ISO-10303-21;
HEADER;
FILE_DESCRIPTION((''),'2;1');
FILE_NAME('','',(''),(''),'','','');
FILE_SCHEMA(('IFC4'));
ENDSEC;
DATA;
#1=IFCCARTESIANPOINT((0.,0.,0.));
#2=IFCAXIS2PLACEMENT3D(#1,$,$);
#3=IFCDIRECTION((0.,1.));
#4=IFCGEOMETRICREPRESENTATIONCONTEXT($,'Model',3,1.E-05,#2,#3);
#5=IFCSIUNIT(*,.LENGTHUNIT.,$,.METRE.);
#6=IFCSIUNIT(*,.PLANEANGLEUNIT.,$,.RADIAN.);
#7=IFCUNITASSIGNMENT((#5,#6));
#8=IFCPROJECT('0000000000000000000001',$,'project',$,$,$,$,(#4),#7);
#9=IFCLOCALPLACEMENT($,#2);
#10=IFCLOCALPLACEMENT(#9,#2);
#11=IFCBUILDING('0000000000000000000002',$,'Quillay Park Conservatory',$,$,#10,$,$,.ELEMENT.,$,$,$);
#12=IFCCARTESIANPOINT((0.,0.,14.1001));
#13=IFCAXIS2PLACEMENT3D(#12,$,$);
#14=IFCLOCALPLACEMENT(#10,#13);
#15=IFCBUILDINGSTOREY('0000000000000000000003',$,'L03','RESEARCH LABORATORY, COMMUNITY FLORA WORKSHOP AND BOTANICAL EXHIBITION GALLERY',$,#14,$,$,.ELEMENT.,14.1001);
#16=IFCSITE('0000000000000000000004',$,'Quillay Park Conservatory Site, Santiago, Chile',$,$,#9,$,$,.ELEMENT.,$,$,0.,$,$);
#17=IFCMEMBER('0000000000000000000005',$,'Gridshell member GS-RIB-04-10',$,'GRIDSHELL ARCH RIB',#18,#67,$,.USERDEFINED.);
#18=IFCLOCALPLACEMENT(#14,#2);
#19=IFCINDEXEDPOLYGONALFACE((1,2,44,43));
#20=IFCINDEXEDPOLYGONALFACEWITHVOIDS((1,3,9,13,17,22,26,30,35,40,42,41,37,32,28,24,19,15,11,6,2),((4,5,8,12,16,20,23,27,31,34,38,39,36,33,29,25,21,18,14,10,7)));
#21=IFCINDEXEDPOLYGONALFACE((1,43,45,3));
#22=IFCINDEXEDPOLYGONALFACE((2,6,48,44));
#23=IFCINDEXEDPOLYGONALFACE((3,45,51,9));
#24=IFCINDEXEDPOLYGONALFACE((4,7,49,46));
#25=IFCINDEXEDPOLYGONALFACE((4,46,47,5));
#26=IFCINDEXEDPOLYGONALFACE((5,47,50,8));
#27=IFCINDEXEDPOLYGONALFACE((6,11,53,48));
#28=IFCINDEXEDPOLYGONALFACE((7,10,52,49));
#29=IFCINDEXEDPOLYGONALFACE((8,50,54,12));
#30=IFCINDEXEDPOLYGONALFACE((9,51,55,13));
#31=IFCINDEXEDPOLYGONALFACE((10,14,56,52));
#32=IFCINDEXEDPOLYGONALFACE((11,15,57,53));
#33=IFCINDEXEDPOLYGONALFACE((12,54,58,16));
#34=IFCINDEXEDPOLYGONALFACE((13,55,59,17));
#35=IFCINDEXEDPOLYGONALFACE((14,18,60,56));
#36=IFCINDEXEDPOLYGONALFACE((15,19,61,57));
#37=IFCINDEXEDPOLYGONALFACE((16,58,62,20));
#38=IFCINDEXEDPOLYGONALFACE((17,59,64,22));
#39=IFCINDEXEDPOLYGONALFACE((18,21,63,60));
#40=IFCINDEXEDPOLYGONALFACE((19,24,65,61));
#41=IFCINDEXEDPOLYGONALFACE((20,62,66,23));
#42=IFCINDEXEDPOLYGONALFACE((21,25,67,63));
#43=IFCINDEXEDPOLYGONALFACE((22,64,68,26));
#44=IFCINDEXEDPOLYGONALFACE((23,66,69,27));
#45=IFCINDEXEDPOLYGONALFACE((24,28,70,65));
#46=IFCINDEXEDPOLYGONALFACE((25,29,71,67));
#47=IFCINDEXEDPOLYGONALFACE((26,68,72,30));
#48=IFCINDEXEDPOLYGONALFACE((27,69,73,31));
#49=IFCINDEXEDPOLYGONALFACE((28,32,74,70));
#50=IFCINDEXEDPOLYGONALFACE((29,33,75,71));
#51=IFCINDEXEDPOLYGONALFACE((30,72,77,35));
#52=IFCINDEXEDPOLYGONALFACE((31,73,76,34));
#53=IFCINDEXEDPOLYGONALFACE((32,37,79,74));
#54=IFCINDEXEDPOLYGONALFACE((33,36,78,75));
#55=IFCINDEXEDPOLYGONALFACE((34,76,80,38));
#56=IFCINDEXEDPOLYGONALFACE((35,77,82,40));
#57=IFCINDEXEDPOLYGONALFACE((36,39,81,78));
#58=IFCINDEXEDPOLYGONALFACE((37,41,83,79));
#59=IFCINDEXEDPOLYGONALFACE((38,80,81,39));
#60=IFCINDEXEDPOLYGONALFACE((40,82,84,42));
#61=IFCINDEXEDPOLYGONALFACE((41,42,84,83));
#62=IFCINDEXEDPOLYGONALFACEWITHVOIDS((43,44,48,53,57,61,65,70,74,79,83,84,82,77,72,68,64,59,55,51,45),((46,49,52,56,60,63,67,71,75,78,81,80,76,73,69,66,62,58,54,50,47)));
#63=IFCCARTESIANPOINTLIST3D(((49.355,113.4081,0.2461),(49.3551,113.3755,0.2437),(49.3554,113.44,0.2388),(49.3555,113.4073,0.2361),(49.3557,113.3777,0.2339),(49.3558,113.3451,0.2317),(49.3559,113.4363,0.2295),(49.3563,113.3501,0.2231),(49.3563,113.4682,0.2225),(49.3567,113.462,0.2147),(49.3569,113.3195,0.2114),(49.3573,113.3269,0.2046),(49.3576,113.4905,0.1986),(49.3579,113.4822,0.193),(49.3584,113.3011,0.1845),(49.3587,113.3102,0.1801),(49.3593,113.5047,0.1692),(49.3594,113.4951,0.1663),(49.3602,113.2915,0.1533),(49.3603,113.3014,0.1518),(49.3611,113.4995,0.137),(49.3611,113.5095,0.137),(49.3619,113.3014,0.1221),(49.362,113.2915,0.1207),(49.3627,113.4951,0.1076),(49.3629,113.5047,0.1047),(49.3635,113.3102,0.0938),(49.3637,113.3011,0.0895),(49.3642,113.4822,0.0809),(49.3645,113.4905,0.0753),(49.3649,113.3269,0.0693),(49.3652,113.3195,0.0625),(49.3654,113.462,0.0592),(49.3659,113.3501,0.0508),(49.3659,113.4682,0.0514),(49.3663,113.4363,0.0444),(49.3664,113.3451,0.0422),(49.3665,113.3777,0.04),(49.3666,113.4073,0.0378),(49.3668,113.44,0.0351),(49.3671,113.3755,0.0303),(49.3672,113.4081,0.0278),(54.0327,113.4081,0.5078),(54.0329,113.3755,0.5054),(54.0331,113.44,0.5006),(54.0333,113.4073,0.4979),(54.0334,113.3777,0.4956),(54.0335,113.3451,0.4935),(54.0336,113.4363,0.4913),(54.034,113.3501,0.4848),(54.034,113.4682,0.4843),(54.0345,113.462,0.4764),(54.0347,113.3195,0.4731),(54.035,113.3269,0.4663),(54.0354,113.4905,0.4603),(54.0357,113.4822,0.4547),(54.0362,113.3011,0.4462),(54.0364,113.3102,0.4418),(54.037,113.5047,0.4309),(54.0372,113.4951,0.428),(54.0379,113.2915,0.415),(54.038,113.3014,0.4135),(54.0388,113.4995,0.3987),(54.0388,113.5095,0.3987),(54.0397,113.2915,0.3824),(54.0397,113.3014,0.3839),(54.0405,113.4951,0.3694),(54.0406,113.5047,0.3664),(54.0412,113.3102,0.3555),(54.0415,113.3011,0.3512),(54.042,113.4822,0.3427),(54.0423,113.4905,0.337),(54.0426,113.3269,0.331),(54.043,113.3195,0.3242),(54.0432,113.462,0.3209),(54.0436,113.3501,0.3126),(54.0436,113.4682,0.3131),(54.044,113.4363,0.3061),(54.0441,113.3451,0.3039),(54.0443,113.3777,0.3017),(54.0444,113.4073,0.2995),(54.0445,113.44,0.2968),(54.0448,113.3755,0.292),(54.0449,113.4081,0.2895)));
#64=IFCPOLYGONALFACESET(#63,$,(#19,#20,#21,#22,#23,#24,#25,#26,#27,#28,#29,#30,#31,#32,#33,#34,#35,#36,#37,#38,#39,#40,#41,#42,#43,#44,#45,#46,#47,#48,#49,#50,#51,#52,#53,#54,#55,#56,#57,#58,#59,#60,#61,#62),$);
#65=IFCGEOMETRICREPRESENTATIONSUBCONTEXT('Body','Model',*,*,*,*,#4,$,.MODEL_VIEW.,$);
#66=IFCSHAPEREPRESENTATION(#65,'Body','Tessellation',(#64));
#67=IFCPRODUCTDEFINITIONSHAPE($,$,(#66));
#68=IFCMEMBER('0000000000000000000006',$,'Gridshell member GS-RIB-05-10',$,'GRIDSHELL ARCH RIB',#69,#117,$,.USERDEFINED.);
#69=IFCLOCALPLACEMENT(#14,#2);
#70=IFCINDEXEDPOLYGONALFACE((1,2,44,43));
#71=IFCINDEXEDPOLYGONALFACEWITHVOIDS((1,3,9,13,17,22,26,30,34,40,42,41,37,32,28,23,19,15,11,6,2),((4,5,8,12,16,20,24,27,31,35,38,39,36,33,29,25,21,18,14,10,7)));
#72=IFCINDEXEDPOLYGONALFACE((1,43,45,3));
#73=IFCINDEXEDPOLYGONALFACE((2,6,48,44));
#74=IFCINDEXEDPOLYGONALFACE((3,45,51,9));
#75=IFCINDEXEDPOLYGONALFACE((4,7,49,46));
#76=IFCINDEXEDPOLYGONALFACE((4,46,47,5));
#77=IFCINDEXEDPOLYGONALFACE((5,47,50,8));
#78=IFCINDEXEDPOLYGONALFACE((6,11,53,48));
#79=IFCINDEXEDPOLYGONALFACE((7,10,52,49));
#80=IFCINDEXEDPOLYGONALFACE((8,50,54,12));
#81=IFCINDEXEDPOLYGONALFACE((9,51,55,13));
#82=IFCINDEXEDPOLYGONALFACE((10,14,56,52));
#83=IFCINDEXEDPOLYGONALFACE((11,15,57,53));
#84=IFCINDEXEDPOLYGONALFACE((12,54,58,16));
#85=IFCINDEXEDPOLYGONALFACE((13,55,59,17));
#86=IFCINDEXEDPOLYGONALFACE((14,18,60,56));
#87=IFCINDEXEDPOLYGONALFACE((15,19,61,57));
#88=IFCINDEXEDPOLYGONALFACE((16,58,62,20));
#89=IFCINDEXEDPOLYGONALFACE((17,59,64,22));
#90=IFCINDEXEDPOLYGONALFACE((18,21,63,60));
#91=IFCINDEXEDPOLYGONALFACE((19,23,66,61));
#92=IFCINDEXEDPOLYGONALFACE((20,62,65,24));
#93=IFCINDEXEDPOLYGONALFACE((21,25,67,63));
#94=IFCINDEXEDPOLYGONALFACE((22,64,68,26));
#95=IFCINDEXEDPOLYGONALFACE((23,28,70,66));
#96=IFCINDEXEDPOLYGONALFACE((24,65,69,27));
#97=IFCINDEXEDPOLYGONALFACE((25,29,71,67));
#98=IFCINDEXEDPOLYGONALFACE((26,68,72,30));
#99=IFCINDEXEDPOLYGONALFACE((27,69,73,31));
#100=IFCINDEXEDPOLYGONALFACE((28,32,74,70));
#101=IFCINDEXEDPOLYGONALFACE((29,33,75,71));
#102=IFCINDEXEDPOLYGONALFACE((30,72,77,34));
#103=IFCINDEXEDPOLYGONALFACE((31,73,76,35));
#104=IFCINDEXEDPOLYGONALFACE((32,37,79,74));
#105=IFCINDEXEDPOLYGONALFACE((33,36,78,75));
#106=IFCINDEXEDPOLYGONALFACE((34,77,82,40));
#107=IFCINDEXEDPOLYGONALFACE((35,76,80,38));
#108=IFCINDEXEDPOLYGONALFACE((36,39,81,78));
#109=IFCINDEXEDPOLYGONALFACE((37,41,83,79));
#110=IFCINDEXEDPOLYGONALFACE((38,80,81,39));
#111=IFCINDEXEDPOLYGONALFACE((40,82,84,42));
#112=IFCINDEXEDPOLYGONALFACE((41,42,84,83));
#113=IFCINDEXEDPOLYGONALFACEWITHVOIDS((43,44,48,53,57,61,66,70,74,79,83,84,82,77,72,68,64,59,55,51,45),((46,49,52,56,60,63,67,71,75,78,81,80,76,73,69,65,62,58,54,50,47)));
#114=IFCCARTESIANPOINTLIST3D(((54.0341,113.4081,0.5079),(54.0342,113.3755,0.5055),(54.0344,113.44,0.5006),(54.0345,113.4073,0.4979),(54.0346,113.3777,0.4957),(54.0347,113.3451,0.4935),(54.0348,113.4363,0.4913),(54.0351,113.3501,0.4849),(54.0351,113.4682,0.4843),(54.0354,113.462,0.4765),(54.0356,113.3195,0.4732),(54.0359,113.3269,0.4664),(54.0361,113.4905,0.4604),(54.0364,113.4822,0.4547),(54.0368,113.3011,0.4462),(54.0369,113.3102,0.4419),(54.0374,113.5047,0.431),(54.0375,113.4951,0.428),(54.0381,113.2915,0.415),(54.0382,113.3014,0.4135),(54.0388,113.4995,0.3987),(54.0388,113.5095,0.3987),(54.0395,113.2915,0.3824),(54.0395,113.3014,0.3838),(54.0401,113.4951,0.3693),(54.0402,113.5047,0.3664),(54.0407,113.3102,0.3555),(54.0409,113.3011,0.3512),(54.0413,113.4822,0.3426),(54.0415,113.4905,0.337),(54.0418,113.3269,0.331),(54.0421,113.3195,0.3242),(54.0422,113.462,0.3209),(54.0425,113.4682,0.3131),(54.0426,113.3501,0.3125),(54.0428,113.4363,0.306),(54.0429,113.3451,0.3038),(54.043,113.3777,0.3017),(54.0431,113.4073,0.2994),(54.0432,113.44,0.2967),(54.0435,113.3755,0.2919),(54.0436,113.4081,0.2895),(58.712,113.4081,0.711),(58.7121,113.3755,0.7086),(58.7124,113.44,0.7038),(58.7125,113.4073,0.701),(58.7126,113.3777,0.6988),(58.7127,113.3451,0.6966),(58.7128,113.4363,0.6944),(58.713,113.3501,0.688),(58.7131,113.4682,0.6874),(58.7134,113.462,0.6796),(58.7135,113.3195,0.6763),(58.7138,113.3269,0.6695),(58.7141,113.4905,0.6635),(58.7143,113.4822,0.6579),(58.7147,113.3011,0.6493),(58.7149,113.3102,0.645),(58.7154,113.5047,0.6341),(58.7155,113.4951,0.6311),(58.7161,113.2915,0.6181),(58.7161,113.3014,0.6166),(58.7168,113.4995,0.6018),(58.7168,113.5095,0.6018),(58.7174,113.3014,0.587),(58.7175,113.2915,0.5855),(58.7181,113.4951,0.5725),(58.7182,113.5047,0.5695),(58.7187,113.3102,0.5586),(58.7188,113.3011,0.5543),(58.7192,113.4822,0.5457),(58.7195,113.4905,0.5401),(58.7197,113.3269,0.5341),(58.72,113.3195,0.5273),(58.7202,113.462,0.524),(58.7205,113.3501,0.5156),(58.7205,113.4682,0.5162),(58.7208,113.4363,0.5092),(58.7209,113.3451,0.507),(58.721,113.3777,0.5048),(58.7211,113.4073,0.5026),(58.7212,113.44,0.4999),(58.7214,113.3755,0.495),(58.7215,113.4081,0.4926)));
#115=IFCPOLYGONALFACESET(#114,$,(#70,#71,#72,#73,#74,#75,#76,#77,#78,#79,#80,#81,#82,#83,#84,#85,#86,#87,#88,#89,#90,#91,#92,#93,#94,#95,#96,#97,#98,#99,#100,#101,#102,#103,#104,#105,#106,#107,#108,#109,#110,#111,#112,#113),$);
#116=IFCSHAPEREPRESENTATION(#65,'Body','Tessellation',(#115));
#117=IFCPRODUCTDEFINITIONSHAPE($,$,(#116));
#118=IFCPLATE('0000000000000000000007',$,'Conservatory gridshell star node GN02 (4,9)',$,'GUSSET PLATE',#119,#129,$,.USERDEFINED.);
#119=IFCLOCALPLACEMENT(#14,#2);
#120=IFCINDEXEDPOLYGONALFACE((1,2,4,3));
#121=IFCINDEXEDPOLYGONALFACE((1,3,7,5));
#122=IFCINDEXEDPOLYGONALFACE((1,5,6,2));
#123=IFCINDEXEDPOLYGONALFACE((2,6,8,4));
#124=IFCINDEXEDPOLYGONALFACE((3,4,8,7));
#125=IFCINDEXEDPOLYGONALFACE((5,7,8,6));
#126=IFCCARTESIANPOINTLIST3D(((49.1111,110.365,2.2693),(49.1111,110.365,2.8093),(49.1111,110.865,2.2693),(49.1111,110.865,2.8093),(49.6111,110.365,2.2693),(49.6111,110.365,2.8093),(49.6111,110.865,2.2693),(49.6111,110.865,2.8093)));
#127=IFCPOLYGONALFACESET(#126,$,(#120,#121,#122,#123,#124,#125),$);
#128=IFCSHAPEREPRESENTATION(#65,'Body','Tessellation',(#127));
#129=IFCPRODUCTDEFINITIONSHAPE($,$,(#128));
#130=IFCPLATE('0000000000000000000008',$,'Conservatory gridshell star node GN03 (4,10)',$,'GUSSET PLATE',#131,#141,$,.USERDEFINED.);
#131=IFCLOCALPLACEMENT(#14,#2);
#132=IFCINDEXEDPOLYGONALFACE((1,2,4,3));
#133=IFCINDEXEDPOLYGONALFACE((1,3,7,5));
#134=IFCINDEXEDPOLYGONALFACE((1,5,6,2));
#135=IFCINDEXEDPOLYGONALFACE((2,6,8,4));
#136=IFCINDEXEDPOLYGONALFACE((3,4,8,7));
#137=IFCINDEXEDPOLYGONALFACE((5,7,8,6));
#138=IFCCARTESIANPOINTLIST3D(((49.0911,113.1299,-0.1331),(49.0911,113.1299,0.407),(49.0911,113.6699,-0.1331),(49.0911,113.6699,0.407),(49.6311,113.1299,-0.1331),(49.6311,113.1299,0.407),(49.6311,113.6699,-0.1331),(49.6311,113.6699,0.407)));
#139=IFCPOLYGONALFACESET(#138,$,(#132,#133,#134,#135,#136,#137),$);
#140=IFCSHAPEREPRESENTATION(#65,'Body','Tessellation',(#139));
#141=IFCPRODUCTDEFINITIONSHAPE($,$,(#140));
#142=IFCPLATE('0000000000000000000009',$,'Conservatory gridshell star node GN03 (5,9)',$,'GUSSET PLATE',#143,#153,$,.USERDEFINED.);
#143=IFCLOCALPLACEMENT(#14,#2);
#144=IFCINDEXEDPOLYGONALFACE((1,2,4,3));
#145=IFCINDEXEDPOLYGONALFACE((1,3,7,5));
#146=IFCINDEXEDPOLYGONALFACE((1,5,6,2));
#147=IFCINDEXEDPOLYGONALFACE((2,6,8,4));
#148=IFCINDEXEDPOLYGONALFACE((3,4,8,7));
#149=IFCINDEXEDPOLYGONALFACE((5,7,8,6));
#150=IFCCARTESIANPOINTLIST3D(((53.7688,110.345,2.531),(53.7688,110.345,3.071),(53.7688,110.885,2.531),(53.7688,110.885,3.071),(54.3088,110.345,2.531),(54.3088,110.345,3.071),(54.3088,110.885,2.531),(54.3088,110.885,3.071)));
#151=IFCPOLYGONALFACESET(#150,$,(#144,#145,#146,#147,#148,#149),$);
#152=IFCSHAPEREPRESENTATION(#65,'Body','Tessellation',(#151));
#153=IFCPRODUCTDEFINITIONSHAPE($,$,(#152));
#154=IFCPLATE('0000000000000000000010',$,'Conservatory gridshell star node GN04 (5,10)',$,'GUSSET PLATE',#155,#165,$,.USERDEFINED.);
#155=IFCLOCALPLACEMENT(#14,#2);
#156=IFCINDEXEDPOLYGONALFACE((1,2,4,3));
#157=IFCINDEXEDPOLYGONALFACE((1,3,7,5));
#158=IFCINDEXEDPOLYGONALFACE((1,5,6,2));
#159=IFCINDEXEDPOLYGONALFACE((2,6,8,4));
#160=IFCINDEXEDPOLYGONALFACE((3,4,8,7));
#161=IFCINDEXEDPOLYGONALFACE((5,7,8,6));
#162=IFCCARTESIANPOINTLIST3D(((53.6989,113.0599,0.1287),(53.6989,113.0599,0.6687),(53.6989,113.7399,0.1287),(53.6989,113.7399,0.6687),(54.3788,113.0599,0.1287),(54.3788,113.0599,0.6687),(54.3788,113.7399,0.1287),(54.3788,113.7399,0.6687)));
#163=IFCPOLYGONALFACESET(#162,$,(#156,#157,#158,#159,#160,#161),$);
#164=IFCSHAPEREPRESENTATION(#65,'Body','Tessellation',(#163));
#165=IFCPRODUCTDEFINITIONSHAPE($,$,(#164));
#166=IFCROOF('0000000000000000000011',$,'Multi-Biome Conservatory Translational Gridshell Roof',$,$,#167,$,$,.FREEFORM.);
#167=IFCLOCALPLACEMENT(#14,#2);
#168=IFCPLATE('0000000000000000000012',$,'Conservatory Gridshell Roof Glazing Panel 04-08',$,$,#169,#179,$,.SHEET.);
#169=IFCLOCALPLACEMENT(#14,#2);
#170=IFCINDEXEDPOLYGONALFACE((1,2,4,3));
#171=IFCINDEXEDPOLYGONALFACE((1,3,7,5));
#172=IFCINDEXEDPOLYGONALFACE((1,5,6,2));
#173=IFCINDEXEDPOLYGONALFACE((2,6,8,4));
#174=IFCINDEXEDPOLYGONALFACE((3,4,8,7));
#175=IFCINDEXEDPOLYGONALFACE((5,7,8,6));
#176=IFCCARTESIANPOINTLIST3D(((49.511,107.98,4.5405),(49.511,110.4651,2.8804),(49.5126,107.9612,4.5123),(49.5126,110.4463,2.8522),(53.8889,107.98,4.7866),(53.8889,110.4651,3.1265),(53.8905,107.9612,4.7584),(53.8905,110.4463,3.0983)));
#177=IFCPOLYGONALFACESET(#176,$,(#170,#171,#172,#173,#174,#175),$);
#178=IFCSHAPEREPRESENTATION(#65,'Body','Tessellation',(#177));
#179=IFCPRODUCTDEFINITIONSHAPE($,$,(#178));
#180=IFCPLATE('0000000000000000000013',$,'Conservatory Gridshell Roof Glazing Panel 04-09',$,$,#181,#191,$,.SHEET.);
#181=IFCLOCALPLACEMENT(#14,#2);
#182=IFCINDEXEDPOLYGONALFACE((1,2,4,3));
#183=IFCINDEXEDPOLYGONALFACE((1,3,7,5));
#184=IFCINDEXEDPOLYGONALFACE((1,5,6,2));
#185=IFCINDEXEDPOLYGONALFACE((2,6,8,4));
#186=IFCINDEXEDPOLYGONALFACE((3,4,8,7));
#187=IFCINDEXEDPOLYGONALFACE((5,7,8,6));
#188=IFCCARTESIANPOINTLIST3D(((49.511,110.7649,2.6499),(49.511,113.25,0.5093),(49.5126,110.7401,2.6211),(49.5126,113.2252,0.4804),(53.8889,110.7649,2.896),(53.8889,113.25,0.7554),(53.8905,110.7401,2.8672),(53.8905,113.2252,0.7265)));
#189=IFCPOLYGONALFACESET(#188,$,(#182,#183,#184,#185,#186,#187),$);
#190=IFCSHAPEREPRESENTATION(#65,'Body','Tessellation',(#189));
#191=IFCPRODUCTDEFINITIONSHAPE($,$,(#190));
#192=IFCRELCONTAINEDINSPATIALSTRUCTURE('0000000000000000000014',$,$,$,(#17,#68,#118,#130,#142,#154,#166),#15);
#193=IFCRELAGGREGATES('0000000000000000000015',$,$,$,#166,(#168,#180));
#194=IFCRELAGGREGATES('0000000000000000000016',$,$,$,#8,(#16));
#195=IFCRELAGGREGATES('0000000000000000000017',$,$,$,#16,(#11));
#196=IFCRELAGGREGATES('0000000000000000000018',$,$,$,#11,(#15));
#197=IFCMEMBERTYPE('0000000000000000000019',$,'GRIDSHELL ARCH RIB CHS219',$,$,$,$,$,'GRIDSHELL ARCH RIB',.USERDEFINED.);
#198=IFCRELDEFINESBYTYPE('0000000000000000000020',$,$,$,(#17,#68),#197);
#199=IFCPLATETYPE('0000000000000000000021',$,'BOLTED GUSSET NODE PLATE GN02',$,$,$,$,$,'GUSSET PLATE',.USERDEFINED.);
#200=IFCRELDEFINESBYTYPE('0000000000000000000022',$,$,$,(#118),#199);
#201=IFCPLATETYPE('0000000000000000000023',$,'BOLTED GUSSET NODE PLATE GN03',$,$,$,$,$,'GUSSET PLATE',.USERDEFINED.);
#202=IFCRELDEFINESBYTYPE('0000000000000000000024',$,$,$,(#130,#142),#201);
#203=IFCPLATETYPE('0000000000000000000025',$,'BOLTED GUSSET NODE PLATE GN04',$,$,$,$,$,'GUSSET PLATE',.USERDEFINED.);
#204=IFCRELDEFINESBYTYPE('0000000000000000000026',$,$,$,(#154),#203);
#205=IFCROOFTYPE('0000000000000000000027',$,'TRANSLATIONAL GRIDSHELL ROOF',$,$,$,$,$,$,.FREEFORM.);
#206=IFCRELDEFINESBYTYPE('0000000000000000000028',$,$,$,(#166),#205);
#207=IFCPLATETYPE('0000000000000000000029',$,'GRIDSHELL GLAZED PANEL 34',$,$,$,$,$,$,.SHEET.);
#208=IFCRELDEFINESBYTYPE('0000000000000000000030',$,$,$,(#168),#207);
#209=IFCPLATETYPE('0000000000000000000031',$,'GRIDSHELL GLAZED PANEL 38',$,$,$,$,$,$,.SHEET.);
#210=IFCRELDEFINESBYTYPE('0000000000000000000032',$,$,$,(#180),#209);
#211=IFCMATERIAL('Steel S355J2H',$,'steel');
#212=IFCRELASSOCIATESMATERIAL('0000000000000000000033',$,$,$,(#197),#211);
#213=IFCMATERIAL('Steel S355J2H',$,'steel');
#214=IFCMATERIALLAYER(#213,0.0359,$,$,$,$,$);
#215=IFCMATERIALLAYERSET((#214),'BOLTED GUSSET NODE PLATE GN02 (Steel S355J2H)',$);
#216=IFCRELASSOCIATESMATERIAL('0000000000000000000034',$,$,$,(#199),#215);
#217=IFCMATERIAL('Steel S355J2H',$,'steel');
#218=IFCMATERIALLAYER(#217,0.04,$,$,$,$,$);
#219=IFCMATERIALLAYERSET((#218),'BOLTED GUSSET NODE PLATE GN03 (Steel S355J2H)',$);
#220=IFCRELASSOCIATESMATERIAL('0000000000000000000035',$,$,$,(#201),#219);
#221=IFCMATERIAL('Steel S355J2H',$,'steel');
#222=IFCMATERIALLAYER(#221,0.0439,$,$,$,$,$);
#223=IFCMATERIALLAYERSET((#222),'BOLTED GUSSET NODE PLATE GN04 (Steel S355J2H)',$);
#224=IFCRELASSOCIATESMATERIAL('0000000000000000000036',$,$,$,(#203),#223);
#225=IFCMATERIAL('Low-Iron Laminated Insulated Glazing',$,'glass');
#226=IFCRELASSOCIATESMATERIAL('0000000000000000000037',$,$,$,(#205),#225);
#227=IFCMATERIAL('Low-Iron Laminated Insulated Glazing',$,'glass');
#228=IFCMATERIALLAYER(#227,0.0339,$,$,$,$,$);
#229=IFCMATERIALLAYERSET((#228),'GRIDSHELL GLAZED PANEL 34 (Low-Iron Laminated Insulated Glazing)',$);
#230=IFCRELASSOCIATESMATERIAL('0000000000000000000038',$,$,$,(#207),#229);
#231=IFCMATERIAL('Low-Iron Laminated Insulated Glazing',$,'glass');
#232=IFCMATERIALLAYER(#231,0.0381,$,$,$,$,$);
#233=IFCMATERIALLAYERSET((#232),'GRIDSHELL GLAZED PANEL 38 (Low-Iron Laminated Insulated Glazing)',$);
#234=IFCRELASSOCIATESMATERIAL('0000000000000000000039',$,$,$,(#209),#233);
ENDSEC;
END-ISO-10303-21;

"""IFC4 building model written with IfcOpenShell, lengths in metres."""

from ifc_helpers import new_model, si_unit, direction, frame, origin, origin_2d, place, context, subcontext, project, spatial, polyline, rectangle, hollow_circle, outline, extrude, material, layer, layer_set, material_profile, profile_set, type_object, element, aggregate, save


model = new_model("IFC4")

# Units and contexts
model_context = context("Model", 3, precision=1e-05, world=origin(), true_north=direction((0.0, 1.0)))
body_context = subcontext(model_context, "Body", "Model", "MODEL_VIEW")
ifc_project = project(units=[si_unit("LENGTHUNIT", "METRE"), si_unit("PLANEANGLEUNIT", "RADIAN")], contexts=[model_context])

# Site, building, storey
site_placement = place(None, origin())
site = spatial("IfcSite", under=ifc_project, at=site_placement, Name="Quillay Park Conservatory Site, Santiago, Chile", CompositionType="ELEMENT", RefElevation=0.0)
building_placement = place(site_placement, origin())
building = spatial("IfcBuilding", under=site, at=building_placement, Name="Quillay Park Conservatory", CompositionType="ELEMENT")
storey_placement = place(building_placement, frame((0.0, 0.0, 14.1001)))
storey = spatial("IfcBuildingStorey", under=building, at=storey_placement, Name="L03", Description="RESEARCH LABORATORY, COMMUNITY FLORA WORKSHOP AND BOTANICAL EXHIBITION GALLERY", CompositionType="ELEMENT", Elevation=14.1001)

# Members
ifc_material_1 = material(Name="Steel S355J2H", Category="steel")
ifc_material_profile_1 = material_profile(ifc_material_1, hollow_circle(Radius=0.1096, WallThickness=0.01, at=origin_2d()), Name="CHS219.1x10")
ifc_profile_set_1 = profile_set([ifc_material_profile_1], Name="Steel S355J2H")
member_type = type_object("IfcMemberType", Name="GRIDSHELL ARCH RIB CHS219", ElementType="GRIDSHELL ARCH RIB", PredefinedType="USERDEFINED", material=ifc_profile_set_1)
member_1_placement = place(storey_placement, frame((49.3611, 113.3999, 0.137), z_axis=(0.998438, 0.0, 0.055863), x_axis=(0.0, 1.0, 0.0)))
element("IfcMember", 1, at=member_1_placement, inside=storey, type_object=member_type, Name="Gridshell member GS-RIB-04-10", ObjectType="GRIDSHELL ARCH RIB", PredefinedType="USERDEFINED", context=body_context, shape_type="SweptSolid", body=[
    extrude(hollow_circle(Radius=0.1096, WallThickness=0.01, at=origin_2d()), origin(), (0.0, 0.0, 1.0), 4.6851),
])
member_2_placement = place(storey_placement, frame((54.0388, 113.3999, 0.3987), z_axis=(0.999059, 0.0, 0.043381), x_axis=(0.0, 1.0, 0.0)))
element("IfcMember", 2, at=member_2_placement, inside=storey, type_object=member_type, Name="Gridshell member GS-RIB-05-10", ObjectType="GRIDSHELL ARCH RIB", PredefinedType="USERDEFINED", context=body_context, shape_type="SweptSolid", body=[
    extrude(hollow_circle(Radius=0.1096, WallThickness=0.01, at=origin_2d()), origin(), (0.0, 0.0, 1.0), 4.6824),
])

# Plates
ifc_material_2 = material(Name="Steel S355J2H", Category="steel")
ifc_layer_1 = layer(ifc_material_2, 0.0359)
ifc_layer_set_1 = layer_set([ifc_layer_1], Name="BOLTED GUSSET NODE PLATE GN02 (Steel S355J2H)")
plate_type_1 = type_object("IfcPlateType", Name="BOLTED GUSSET NODE PLATE GN02", ElementType="GUSSET PLATE", PredefinedType="USERDEFINED", material=ifc_layer_set_1)
plate_1_placement = place(storey_placement, frame((49.3611, 110.615, 2.2693), z_axis=(0.0, 0.0, 1.0), x_axis=(1.0, 0.0, 0.0)))
element("IfcPlate", 3, at=plate_1_placement, inside=storey, type_object=plate_type_1, Name="Conservatory gridshell star node GN02 (4,9)", ObjectType="GUSSET PLATE", PredefinedType="USERDEFINED", context=body_context, shape_type="SweptSolid", body=[
    extrude(rectangle(XDim=0.5, YDim=0.5, at=origin_2d()), origin(), (0.0, 0.0, 1.0), 0.54),
])
ifc_material_3 = material(Name="Steel S355J2H", Category="steel")
ifc_layer_2 = layer(ifc_material_3, 0.04)
ifc_layer_set_2 = layer_set([ifc_layer_2], Name="BOLTED GUSSET NODE PLATE GN03 (Steel S355J2H)")
plate_type_2 = type_object("IfcPlateType", Name="BOLTED GUSSET NODE PLATE GN03", ElementType="GUSSET PLATE", PredefinedType="USERDEFINED", material=ifc_layer_set_2)
for number, where, z_axis, x_axis, name in (
    (4, (49.3611, 113.3999, -0.1331), (0.0, 0.0, 1.0), (1.0, 0.0, 0.0), "Conservatory gridshell star node GN03 (4,10)"),
    (5, (54.0388, 110.615, 2.531), (0.0, 0.0, 1.0), (1.0, 0.0, 0.0), "Conservatory gridshell star node GN03 (5,9)"),
):
    element("IfcPlate", number, at=place(storey_placement, frame(where, z_axis=z_axis, x_axis=x_axis)), inside=storey, type_object=plate_type_2, Name=name, ObjectType="GUSSET PLATE", PredefinedType="USERDEFINED", context=body_context, shape_type="SweptSolid", body=[
        extrude(rectangle(XDim=0.54, YDim=0.54, at=origin_2d()), origin(), (0.0, 0.0, 1.0), 0.54),
    ])
ifc_material_4 = material(Name="Steel S355J2H", Category="steel")
ifc_layer_3 = layer(ifc_material_4, 0.0439)
ifc_layer_set_3 = layer_set([ifc_layer_3], Name="BOLTED GUSSET NODE PLATE GN04 (Steel S355J2H)")
plate_type_3 = type_object("IfcPlateType", Name="BOLTED GUSSET NODE PLATE GN04", ElementType="GUSSET PLATE", PredefinedType="USERDEFINED", material=ifc_layer_set_3)
plate_2_placement = place(storey_placement, frame((54.0388, 113.3999, 0.1287), z_axis=(0.0, 0.0, 1.0), x_axis=(1.0, 0.0, 0.0)))
element("IfcPlate", 6, at=plate_2_placement, inside=storey, type_object=plate_type_3, Name="Conservatory gridshell star node GN04 (5,10)", ObjectType="GUSSET PLATE", PredefinedType="USERDEFINED", context=body_context, shape_type="SweptSolid", body=[
    extrude(rectangle(XDim=0.6799, YDim=0.6799, at=origin_2d()), origin(), (0.0, 0.0, 1.0), 0.54),
])

# Roof, plates
ifc_material_5 = material(Name="Low-Iron Laminated Insulated Glazing", Category="glass")
roof_type = type_object("IfcRoofType", Name="TRANSLATIONAL GRIDSHELL ROOF", PredefinedType="FREEFORM", material=ifc_material_5)
roof_placement = place(storey_placement, origin())
roof = element("IfcRoof", 7, at=roof_placement, inside=storey, type_object=roof_type, Name="Multi-Biome Conservatory Translational Gridshell Roof", PredefinedType="FREEFORM")
ifc_material_6 = material(Name="Low-Iron Laminated Insulated Glazing", Category="glass")
ifc_layer_4 = layer(ifc_material_6, 0.0339)
ifc_layer_set_4 = layer_set([ifc_layer_4], Name="GRIDSHELL GLAZED PANEL 34 (Low-Iron Laminated Insulated Glazing)")
plate_type_4 = type_object("IfcPlateType", Name="GRIDSHELL GLAZED PANEL 34", PredefinedType="SHEET", material=ifc_layer_set_4)
plate_3_placement = place(storey_placement, frame((49.511, 107.98, 4.5405), z_axis=(-0.046691, 0.554886, 0.830615), x_axis=(0.998424, 0.0, 0.056124)))
plate_3 = element("IfcPlate", 8, at=plate_3_placement, type_object=plate_type_4, Name="Conservatory Gridshell Roof Glazing Panel 04-08", PredefinedType="SHEET", context=body_context, shape_type="SweptSolid", body=[
    extrude(outline(polyline([(0.0, 0.0), (4.3848, 0.0), (4.2917, 2.9872), (-0.0932, 2.9872), (0.0, 0.0)])), origin(), (0.0, 0.0, -1.0), 0.0339),
])
ifc_material_7 = material(Name="Low-Iron Laminated Insulated Glazing", Category="glass")
ifc_layer_5 = layer(ifc_material_7, 0.0381)
ifc_layer_set_5 = layer_set([ifc_layer_5], Name="GRIDSHELL GLAZED PANEL 38 (Low-Iron Laminated Insulated Glazing)")
plate_type_5 = type_object("IfcPlateType", Name="GRIDSHELL GLAZED PANEL 38", PredefinedType="SHEET", material=ifc_layer_set_5)
plate_4_placement = place(storey_placement, frame((49.511, 110.7649, 2.6499), z_axis=(-0.042552, 0.65205, 0.756981), x_axis=(0.998424, 0.0, 0.056124)))
plate_4 = element("IfcPlate", 9, at=plate_4_placement, type_object=plate_type_5, Name="Conservatory Gridshell Roof Glazing Panel 04-09", PredefinedType="SHEET", context=body_context, shape_type="SweptSolid", body=[
    extrude(outline(polyline([(0.0, 0.0), (4.3848, 0.0), (4.2647, 3.2777), (-0.1201, 3.2777), (0.0, 0.0)])), origin(), (0.0, 0.0, -1.0), 0.0381),
])
aggregate(roof, [plate_3, plate_4])

save(model, "model.ifc")
